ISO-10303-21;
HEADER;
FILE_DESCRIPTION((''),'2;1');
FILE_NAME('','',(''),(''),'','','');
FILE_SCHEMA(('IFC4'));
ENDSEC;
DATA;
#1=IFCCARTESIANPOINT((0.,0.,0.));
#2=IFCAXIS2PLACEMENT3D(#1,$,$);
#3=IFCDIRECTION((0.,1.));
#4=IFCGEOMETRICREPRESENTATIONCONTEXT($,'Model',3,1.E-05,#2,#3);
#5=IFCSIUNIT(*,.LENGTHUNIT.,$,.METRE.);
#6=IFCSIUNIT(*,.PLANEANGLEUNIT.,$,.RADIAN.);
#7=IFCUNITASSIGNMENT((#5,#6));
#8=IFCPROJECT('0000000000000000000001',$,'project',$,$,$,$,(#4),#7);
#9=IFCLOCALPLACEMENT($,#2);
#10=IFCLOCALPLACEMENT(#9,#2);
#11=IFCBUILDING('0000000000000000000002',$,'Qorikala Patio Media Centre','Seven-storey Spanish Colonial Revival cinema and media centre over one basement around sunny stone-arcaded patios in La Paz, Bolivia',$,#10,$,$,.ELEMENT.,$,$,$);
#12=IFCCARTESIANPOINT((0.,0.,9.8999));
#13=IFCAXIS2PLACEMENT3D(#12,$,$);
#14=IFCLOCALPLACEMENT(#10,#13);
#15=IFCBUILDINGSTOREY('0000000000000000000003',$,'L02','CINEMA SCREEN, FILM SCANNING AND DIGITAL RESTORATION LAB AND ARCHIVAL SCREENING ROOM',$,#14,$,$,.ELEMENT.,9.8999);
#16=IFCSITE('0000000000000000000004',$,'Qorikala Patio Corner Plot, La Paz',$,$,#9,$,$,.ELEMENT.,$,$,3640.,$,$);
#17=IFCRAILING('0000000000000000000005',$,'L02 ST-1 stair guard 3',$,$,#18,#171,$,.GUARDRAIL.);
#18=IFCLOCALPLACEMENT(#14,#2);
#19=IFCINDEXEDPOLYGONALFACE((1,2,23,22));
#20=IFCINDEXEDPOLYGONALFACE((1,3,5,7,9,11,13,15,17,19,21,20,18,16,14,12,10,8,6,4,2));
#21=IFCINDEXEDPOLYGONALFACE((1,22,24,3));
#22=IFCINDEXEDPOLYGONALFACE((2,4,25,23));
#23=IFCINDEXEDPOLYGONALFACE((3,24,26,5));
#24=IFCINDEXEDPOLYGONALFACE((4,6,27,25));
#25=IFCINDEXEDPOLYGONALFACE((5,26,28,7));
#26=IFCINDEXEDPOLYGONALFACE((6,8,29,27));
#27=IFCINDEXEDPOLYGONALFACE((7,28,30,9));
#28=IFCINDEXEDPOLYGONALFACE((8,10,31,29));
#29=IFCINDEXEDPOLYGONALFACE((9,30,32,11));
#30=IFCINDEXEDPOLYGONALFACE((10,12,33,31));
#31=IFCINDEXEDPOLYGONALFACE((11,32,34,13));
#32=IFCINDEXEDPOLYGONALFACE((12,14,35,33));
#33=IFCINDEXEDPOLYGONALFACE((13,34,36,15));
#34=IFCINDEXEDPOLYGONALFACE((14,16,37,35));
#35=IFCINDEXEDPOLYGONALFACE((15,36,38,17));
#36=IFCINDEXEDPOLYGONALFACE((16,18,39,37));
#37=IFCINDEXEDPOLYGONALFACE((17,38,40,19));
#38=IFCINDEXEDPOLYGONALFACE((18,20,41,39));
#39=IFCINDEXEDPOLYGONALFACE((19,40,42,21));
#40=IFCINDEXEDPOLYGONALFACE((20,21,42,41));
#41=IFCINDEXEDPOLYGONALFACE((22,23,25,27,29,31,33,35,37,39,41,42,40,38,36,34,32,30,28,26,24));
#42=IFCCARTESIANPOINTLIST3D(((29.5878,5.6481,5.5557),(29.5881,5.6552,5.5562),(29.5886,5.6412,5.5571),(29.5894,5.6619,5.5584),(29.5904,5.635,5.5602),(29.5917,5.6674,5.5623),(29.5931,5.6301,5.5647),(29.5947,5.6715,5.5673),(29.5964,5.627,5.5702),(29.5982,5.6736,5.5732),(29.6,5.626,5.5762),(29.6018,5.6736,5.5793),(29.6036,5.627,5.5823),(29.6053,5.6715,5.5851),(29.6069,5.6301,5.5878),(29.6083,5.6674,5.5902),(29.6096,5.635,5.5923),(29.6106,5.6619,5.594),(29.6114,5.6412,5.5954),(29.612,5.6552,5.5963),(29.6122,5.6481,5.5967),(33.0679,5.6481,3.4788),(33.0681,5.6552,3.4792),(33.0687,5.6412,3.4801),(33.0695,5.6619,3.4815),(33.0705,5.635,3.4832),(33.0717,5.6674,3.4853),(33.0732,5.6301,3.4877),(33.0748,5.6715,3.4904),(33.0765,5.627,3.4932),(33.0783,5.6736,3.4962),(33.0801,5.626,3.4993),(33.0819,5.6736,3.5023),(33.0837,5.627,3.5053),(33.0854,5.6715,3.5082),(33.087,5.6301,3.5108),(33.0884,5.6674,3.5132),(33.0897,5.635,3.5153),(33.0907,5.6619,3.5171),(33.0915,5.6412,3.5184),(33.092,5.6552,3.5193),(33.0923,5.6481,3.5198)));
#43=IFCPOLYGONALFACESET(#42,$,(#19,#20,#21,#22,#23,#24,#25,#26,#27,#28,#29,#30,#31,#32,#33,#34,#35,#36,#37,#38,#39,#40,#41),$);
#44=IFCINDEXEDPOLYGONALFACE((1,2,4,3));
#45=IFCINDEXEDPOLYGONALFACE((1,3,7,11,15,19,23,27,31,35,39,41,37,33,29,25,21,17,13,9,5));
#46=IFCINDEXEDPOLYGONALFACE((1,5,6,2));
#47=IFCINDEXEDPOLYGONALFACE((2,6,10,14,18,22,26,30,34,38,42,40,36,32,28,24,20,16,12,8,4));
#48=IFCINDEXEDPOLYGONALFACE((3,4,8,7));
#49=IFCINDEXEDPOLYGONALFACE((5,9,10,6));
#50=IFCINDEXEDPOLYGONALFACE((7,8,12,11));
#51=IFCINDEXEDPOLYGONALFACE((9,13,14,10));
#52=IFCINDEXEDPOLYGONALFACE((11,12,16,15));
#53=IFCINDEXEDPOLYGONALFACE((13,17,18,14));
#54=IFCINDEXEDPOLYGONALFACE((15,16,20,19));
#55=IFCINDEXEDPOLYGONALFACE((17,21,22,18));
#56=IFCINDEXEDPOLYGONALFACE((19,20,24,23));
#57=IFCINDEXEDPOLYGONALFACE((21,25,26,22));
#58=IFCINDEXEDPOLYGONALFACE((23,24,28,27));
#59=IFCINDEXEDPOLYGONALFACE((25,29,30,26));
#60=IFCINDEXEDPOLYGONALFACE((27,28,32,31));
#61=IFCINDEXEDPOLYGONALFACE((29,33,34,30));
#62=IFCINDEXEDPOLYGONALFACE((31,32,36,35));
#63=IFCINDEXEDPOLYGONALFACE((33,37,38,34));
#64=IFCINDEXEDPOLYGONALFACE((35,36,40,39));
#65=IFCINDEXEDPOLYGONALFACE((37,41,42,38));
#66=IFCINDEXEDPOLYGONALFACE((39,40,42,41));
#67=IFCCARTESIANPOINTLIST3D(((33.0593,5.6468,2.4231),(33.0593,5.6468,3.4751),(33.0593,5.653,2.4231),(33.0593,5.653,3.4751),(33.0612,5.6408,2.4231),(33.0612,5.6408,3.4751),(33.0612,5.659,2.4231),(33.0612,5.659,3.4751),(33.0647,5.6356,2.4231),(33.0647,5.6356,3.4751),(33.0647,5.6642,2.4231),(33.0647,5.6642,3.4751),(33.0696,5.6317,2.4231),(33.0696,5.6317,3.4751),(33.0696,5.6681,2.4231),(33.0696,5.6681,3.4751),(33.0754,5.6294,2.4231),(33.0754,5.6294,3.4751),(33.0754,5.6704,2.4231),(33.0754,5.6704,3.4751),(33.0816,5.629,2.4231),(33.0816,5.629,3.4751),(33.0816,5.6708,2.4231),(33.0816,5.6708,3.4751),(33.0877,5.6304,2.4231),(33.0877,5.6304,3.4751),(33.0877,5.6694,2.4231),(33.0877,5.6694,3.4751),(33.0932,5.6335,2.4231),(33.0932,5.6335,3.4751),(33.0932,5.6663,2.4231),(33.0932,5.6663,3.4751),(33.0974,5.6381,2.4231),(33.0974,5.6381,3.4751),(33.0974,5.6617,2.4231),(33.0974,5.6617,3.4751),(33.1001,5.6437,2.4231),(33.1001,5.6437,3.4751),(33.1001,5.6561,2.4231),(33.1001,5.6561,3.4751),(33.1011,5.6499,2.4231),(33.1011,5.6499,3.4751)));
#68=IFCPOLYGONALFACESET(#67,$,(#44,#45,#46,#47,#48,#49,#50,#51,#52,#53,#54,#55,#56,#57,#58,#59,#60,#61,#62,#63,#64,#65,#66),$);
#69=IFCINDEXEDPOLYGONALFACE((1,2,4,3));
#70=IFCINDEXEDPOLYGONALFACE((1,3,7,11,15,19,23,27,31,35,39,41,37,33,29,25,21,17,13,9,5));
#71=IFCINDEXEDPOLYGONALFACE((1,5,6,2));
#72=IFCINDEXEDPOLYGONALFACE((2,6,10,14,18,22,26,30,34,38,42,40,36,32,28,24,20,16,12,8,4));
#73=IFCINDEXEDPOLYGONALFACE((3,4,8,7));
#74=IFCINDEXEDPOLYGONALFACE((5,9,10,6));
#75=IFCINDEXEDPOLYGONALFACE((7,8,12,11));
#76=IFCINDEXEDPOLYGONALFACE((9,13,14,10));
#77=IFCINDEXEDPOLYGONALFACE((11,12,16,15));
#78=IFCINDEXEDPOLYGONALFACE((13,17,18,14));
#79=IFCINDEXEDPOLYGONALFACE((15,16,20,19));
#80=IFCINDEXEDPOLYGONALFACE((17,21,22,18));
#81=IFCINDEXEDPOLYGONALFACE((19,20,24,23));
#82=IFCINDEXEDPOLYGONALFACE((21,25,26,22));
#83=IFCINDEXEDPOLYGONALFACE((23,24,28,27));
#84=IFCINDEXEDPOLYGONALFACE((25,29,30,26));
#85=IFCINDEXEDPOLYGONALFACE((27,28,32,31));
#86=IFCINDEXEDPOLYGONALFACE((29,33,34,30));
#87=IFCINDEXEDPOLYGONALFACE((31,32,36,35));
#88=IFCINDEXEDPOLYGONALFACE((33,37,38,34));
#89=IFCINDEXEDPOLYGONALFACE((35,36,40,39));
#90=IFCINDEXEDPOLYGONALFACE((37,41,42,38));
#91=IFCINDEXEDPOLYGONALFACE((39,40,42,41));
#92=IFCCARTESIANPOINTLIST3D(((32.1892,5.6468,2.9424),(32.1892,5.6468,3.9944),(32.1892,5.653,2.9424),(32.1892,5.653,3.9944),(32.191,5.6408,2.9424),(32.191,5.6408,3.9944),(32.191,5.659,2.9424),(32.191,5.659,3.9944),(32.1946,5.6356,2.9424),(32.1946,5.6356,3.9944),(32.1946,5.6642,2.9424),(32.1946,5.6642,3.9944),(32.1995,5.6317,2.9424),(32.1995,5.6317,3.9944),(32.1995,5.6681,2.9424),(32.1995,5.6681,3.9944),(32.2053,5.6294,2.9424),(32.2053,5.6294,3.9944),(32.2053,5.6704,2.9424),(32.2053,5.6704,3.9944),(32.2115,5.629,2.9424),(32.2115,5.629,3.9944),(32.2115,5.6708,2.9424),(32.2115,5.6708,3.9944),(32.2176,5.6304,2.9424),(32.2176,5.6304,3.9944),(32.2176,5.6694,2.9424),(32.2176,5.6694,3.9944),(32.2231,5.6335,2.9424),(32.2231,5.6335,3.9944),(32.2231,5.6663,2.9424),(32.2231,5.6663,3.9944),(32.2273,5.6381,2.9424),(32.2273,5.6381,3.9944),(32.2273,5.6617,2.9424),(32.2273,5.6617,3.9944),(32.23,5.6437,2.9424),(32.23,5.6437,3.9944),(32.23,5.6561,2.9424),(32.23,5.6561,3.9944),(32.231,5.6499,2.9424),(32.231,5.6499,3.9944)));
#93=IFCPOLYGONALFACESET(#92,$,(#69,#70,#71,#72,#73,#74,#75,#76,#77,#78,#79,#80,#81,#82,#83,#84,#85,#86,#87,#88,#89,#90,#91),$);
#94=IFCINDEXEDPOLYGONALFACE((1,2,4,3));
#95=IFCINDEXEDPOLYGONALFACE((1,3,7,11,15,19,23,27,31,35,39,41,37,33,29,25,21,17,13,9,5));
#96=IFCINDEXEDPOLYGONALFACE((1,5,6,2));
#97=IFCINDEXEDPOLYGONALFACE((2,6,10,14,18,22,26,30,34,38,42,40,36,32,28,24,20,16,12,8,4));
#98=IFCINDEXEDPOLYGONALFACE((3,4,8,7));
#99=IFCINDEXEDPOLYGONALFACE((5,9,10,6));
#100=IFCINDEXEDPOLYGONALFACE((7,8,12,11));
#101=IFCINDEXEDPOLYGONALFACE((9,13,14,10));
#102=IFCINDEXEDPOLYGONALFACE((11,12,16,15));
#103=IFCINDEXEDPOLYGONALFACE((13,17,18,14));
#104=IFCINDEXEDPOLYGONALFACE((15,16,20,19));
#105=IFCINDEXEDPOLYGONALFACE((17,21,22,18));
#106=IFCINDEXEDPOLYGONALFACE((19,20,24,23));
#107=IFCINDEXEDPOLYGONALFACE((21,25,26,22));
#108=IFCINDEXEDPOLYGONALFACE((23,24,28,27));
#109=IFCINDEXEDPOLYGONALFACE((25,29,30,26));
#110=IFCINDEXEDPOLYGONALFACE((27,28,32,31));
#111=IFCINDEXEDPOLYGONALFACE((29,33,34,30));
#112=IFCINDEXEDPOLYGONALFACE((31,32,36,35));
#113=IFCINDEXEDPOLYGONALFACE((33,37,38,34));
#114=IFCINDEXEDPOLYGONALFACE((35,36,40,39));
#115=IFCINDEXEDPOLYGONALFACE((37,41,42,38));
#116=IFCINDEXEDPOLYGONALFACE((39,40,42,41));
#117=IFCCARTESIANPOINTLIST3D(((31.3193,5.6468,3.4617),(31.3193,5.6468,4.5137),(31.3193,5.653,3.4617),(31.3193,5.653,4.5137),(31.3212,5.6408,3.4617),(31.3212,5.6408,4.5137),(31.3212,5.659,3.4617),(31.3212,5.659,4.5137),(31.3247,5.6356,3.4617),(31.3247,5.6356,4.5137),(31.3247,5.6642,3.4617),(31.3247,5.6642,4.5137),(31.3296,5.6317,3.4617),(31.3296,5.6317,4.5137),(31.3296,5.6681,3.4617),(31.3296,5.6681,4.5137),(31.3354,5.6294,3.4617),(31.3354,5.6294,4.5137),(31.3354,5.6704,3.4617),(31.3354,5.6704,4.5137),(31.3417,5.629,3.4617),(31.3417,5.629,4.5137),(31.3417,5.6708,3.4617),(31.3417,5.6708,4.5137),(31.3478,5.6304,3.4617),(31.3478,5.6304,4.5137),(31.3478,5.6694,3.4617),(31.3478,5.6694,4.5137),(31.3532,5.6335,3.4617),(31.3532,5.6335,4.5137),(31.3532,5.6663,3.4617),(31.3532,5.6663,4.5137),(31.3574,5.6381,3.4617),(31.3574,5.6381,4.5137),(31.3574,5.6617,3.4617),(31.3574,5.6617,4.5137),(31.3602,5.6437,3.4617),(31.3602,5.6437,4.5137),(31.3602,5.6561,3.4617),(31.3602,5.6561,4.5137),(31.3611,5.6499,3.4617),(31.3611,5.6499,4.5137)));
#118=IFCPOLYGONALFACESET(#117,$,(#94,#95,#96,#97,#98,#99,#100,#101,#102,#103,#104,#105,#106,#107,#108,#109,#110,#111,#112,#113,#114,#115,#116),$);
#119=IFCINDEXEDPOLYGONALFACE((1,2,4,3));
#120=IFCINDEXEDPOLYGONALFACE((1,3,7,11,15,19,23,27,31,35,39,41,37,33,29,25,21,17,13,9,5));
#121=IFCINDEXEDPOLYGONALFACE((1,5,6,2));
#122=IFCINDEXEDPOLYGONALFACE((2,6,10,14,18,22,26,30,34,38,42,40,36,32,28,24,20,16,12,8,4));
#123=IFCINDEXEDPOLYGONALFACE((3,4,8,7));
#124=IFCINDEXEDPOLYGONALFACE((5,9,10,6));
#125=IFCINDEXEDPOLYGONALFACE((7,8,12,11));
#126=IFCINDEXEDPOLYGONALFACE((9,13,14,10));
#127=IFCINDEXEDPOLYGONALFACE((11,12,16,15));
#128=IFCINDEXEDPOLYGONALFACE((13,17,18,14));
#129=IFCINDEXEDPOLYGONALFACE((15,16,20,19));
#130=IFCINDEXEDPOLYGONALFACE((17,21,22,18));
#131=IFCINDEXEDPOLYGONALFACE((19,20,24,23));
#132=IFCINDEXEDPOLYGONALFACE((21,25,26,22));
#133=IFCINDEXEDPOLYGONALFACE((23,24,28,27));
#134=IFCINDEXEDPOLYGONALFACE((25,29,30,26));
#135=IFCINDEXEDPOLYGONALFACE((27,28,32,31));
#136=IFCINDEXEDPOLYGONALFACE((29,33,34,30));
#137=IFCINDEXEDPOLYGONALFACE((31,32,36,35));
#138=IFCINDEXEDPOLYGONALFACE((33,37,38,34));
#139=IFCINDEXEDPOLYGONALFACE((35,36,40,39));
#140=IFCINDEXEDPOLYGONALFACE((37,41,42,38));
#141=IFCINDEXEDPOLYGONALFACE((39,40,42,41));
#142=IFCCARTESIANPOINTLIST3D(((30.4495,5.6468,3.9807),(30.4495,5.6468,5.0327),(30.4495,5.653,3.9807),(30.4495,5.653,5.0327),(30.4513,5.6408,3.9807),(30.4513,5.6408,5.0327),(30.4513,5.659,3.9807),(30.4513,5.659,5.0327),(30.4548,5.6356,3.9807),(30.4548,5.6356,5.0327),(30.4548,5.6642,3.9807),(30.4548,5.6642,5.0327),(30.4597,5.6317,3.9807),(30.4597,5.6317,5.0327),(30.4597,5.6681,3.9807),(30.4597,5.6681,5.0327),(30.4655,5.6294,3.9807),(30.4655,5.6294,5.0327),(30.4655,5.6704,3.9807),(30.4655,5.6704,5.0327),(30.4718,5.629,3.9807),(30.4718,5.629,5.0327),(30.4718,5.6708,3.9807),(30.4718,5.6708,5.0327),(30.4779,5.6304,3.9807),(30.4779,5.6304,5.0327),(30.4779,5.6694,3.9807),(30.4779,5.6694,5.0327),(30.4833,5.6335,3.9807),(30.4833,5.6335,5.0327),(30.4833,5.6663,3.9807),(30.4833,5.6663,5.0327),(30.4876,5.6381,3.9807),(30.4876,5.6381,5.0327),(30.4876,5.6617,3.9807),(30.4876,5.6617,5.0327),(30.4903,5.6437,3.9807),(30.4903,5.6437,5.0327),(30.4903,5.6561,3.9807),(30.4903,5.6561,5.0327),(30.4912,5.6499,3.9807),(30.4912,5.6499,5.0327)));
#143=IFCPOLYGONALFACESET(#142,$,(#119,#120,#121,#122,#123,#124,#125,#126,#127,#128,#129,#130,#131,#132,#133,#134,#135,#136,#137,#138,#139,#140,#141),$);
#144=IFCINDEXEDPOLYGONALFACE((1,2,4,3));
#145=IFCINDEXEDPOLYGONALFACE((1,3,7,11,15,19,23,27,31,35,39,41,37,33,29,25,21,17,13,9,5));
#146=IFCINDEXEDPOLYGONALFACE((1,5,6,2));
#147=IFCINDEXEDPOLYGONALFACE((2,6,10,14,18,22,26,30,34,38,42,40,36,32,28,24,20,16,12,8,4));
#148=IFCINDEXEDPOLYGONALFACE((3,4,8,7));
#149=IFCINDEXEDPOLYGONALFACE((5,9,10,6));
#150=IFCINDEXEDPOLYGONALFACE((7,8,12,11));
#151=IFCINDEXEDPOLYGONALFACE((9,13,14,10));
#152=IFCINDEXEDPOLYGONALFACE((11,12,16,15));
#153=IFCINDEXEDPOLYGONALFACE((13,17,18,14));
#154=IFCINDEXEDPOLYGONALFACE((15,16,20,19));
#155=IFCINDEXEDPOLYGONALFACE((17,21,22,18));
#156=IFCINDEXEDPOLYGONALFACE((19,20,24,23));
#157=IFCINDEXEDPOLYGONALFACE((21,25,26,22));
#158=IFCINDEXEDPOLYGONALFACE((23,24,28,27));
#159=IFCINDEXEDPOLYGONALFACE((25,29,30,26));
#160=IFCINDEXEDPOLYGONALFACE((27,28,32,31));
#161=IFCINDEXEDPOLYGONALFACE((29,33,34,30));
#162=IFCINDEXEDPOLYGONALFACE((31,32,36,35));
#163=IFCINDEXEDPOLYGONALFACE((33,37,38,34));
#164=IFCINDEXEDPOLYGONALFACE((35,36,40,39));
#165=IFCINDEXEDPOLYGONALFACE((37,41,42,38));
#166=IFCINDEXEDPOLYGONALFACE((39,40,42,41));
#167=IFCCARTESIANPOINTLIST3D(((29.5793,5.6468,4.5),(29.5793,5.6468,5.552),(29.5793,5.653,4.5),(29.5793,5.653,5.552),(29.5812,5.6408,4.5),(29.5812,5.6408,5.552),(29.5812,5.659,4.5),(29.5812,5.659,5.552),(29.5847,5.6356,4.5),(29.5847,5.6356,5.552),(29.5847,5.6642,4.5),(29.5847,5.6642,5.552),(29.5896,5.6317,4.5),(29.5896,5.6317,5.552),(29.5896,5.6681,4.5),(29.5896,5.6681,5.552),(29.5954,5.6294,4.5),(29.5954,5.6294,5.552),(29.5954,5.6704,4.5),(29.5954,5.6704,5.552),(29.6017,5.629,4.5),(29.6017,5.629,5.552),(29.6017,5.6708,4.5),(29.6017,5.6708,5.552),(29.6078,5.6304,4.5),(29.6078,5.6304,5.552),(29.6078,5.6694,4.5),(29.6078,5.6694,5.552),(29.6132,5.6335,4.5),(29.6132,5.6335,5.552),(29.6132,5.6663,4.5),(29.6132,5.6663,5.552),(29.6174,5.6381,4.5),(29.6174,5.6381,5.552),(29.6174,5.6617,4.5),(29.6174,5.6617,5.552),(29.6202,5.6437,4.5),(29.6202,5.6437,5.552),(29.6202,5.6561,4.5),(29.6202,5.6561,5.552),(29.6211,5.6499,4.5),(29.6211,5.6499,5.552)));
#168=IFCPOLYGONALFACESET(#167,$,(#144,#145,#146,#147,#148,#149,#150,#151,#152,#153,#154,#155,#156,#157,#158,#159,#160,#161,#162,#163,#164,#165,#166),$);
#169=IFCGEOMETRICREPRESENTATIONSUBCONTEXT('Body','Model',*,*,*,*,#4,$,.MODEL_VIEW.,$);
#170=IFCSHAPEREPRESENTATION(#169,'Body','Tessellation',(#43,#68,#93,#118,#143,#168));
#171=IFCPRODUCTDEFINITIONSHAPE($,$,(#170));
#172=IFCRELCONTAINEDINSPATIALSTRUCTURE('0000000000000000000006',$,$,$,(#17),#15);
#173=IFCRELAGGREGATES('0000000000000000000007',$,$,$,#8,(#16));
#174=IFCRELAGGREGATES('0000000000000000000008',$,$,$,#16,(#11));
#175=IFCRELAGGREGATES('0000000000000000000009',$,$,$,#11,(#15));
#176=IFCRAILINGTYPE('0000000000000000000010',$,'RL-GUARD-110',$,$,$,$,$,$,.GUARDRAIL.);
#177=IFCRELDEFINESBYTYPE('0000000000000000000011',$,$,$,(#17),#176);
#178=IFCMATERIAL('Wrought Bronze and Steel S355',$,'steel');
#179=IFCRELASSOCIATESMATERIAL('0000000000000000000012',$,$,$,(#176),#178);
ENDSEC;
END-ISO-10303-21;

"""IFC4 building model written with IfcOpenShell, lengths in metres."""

from ifc_helpers import new_model, si_unit, direction, frame, origin, origin_2d, place, context, subcontext, project, spatial, circle, extrude, material, type_object, element, save


model = new_model("IFC4")

# Units and contexts
model_context = context("Model", 3, precision=1e-05, world=origin(), true_north=direction((0.0, 1.0)))
body_context = subcontext(model_context, "Body", "Model", "MODEL_VIEW")
ifc_project = project(units=[si_unit("LENGTHUNIT", "METRE"), si_unit("PLANEANGLEUNIT", "RADIAN")], contexts=[model_context])

# Site, building, storey
site_placement = place(None, origin())
site = spatial("IfcSite", under=ifc_project, at=site_placement, Name="Qorikala Patio Corner Plot, La Paz", CompositionType="ELEMENT", RefElevation=3640.0)
building_placement = place(site_placement, origin())
building = spatial("IfcBuilding", under=site, at=building_placement, Name="Qorikala Patio Media Centre", Description="Seven-storey Spanish Colonial Revival cinema and media centre over one basement around sunny stone-arcaded patios in La Paz, Bolivia", CompositionType="ELEMENT")
storey_placement = place(building_placement, frame((0.0, 0.0, 9.8999)))
storey = spatial("IfcBuildingStorey", under=building, at=storey_placement, Name="L02", Description="CINEMA SCREEN, FILM SCANNING AND DIGITAL RESTORATION LAB AND ARCHIVAL SCREENING ROOM", CompositionType="ELEMENT", Elevation=9.8999)

# Railing
ifc_material_1 = material(Name="Wrought Bronze and Steel S355", Category="steel")
railing_type_1 = type_object("IfcRailingType", Name="RL-GUARD-110", PredefinedType="GUARDRAIL", material=ifc_material_1)
railing_1_placement = place(storey_placement, frame((33.0801, 5.6499, 2.4231)))
element("IfcRailing", 1, at=railing_1_placement, inside=storey, type_object=railing_type_1, Name="L02 ST-1 stair guard 3", PredefinedType="GUARDRAIL", context=body_context, shape_type="SweptSolid", body=[
    extrude(circle(Radius=0.0239, at=origin_2d()), frame((0.0, 0.0, 1.0762), z_axis=(-0.858697, 0.0, 0.512483), x_axis=(0.0, -1.0, 0.0)), (0.0, 0.0, 1.0), 4.0527),
    extrude(circle(Radius=0.021, at=origin_2d()), origin(), (0.0, 0.0, 1.0), 1.052),
    extrude(circle(Radius=0.021, at=origin_2d()), frame((-0.8701, 0.0, 0.5193)), (0.0, 0.0, 1.0), 1.052),
    extrude(circle(Radius=0.021, at=origin_2d()), frame((-1.74, 0.0, 1.0386)), (0.0, 0.0, 1.0), 1.052),
    extrude(circle(Radius=0.021, at=origin_2d()), frame((-2.6099, 0.0, 1.5576)), (0.0, 0.0, 1.0), 1.052),
    extrude(circle(Radius=0.021, at=origin_2d()), frame((-3.48, 0.0, 2.0769)), (0.0, 0.0, 1.0), 1.052),
])

save(model, "model.ifc")
